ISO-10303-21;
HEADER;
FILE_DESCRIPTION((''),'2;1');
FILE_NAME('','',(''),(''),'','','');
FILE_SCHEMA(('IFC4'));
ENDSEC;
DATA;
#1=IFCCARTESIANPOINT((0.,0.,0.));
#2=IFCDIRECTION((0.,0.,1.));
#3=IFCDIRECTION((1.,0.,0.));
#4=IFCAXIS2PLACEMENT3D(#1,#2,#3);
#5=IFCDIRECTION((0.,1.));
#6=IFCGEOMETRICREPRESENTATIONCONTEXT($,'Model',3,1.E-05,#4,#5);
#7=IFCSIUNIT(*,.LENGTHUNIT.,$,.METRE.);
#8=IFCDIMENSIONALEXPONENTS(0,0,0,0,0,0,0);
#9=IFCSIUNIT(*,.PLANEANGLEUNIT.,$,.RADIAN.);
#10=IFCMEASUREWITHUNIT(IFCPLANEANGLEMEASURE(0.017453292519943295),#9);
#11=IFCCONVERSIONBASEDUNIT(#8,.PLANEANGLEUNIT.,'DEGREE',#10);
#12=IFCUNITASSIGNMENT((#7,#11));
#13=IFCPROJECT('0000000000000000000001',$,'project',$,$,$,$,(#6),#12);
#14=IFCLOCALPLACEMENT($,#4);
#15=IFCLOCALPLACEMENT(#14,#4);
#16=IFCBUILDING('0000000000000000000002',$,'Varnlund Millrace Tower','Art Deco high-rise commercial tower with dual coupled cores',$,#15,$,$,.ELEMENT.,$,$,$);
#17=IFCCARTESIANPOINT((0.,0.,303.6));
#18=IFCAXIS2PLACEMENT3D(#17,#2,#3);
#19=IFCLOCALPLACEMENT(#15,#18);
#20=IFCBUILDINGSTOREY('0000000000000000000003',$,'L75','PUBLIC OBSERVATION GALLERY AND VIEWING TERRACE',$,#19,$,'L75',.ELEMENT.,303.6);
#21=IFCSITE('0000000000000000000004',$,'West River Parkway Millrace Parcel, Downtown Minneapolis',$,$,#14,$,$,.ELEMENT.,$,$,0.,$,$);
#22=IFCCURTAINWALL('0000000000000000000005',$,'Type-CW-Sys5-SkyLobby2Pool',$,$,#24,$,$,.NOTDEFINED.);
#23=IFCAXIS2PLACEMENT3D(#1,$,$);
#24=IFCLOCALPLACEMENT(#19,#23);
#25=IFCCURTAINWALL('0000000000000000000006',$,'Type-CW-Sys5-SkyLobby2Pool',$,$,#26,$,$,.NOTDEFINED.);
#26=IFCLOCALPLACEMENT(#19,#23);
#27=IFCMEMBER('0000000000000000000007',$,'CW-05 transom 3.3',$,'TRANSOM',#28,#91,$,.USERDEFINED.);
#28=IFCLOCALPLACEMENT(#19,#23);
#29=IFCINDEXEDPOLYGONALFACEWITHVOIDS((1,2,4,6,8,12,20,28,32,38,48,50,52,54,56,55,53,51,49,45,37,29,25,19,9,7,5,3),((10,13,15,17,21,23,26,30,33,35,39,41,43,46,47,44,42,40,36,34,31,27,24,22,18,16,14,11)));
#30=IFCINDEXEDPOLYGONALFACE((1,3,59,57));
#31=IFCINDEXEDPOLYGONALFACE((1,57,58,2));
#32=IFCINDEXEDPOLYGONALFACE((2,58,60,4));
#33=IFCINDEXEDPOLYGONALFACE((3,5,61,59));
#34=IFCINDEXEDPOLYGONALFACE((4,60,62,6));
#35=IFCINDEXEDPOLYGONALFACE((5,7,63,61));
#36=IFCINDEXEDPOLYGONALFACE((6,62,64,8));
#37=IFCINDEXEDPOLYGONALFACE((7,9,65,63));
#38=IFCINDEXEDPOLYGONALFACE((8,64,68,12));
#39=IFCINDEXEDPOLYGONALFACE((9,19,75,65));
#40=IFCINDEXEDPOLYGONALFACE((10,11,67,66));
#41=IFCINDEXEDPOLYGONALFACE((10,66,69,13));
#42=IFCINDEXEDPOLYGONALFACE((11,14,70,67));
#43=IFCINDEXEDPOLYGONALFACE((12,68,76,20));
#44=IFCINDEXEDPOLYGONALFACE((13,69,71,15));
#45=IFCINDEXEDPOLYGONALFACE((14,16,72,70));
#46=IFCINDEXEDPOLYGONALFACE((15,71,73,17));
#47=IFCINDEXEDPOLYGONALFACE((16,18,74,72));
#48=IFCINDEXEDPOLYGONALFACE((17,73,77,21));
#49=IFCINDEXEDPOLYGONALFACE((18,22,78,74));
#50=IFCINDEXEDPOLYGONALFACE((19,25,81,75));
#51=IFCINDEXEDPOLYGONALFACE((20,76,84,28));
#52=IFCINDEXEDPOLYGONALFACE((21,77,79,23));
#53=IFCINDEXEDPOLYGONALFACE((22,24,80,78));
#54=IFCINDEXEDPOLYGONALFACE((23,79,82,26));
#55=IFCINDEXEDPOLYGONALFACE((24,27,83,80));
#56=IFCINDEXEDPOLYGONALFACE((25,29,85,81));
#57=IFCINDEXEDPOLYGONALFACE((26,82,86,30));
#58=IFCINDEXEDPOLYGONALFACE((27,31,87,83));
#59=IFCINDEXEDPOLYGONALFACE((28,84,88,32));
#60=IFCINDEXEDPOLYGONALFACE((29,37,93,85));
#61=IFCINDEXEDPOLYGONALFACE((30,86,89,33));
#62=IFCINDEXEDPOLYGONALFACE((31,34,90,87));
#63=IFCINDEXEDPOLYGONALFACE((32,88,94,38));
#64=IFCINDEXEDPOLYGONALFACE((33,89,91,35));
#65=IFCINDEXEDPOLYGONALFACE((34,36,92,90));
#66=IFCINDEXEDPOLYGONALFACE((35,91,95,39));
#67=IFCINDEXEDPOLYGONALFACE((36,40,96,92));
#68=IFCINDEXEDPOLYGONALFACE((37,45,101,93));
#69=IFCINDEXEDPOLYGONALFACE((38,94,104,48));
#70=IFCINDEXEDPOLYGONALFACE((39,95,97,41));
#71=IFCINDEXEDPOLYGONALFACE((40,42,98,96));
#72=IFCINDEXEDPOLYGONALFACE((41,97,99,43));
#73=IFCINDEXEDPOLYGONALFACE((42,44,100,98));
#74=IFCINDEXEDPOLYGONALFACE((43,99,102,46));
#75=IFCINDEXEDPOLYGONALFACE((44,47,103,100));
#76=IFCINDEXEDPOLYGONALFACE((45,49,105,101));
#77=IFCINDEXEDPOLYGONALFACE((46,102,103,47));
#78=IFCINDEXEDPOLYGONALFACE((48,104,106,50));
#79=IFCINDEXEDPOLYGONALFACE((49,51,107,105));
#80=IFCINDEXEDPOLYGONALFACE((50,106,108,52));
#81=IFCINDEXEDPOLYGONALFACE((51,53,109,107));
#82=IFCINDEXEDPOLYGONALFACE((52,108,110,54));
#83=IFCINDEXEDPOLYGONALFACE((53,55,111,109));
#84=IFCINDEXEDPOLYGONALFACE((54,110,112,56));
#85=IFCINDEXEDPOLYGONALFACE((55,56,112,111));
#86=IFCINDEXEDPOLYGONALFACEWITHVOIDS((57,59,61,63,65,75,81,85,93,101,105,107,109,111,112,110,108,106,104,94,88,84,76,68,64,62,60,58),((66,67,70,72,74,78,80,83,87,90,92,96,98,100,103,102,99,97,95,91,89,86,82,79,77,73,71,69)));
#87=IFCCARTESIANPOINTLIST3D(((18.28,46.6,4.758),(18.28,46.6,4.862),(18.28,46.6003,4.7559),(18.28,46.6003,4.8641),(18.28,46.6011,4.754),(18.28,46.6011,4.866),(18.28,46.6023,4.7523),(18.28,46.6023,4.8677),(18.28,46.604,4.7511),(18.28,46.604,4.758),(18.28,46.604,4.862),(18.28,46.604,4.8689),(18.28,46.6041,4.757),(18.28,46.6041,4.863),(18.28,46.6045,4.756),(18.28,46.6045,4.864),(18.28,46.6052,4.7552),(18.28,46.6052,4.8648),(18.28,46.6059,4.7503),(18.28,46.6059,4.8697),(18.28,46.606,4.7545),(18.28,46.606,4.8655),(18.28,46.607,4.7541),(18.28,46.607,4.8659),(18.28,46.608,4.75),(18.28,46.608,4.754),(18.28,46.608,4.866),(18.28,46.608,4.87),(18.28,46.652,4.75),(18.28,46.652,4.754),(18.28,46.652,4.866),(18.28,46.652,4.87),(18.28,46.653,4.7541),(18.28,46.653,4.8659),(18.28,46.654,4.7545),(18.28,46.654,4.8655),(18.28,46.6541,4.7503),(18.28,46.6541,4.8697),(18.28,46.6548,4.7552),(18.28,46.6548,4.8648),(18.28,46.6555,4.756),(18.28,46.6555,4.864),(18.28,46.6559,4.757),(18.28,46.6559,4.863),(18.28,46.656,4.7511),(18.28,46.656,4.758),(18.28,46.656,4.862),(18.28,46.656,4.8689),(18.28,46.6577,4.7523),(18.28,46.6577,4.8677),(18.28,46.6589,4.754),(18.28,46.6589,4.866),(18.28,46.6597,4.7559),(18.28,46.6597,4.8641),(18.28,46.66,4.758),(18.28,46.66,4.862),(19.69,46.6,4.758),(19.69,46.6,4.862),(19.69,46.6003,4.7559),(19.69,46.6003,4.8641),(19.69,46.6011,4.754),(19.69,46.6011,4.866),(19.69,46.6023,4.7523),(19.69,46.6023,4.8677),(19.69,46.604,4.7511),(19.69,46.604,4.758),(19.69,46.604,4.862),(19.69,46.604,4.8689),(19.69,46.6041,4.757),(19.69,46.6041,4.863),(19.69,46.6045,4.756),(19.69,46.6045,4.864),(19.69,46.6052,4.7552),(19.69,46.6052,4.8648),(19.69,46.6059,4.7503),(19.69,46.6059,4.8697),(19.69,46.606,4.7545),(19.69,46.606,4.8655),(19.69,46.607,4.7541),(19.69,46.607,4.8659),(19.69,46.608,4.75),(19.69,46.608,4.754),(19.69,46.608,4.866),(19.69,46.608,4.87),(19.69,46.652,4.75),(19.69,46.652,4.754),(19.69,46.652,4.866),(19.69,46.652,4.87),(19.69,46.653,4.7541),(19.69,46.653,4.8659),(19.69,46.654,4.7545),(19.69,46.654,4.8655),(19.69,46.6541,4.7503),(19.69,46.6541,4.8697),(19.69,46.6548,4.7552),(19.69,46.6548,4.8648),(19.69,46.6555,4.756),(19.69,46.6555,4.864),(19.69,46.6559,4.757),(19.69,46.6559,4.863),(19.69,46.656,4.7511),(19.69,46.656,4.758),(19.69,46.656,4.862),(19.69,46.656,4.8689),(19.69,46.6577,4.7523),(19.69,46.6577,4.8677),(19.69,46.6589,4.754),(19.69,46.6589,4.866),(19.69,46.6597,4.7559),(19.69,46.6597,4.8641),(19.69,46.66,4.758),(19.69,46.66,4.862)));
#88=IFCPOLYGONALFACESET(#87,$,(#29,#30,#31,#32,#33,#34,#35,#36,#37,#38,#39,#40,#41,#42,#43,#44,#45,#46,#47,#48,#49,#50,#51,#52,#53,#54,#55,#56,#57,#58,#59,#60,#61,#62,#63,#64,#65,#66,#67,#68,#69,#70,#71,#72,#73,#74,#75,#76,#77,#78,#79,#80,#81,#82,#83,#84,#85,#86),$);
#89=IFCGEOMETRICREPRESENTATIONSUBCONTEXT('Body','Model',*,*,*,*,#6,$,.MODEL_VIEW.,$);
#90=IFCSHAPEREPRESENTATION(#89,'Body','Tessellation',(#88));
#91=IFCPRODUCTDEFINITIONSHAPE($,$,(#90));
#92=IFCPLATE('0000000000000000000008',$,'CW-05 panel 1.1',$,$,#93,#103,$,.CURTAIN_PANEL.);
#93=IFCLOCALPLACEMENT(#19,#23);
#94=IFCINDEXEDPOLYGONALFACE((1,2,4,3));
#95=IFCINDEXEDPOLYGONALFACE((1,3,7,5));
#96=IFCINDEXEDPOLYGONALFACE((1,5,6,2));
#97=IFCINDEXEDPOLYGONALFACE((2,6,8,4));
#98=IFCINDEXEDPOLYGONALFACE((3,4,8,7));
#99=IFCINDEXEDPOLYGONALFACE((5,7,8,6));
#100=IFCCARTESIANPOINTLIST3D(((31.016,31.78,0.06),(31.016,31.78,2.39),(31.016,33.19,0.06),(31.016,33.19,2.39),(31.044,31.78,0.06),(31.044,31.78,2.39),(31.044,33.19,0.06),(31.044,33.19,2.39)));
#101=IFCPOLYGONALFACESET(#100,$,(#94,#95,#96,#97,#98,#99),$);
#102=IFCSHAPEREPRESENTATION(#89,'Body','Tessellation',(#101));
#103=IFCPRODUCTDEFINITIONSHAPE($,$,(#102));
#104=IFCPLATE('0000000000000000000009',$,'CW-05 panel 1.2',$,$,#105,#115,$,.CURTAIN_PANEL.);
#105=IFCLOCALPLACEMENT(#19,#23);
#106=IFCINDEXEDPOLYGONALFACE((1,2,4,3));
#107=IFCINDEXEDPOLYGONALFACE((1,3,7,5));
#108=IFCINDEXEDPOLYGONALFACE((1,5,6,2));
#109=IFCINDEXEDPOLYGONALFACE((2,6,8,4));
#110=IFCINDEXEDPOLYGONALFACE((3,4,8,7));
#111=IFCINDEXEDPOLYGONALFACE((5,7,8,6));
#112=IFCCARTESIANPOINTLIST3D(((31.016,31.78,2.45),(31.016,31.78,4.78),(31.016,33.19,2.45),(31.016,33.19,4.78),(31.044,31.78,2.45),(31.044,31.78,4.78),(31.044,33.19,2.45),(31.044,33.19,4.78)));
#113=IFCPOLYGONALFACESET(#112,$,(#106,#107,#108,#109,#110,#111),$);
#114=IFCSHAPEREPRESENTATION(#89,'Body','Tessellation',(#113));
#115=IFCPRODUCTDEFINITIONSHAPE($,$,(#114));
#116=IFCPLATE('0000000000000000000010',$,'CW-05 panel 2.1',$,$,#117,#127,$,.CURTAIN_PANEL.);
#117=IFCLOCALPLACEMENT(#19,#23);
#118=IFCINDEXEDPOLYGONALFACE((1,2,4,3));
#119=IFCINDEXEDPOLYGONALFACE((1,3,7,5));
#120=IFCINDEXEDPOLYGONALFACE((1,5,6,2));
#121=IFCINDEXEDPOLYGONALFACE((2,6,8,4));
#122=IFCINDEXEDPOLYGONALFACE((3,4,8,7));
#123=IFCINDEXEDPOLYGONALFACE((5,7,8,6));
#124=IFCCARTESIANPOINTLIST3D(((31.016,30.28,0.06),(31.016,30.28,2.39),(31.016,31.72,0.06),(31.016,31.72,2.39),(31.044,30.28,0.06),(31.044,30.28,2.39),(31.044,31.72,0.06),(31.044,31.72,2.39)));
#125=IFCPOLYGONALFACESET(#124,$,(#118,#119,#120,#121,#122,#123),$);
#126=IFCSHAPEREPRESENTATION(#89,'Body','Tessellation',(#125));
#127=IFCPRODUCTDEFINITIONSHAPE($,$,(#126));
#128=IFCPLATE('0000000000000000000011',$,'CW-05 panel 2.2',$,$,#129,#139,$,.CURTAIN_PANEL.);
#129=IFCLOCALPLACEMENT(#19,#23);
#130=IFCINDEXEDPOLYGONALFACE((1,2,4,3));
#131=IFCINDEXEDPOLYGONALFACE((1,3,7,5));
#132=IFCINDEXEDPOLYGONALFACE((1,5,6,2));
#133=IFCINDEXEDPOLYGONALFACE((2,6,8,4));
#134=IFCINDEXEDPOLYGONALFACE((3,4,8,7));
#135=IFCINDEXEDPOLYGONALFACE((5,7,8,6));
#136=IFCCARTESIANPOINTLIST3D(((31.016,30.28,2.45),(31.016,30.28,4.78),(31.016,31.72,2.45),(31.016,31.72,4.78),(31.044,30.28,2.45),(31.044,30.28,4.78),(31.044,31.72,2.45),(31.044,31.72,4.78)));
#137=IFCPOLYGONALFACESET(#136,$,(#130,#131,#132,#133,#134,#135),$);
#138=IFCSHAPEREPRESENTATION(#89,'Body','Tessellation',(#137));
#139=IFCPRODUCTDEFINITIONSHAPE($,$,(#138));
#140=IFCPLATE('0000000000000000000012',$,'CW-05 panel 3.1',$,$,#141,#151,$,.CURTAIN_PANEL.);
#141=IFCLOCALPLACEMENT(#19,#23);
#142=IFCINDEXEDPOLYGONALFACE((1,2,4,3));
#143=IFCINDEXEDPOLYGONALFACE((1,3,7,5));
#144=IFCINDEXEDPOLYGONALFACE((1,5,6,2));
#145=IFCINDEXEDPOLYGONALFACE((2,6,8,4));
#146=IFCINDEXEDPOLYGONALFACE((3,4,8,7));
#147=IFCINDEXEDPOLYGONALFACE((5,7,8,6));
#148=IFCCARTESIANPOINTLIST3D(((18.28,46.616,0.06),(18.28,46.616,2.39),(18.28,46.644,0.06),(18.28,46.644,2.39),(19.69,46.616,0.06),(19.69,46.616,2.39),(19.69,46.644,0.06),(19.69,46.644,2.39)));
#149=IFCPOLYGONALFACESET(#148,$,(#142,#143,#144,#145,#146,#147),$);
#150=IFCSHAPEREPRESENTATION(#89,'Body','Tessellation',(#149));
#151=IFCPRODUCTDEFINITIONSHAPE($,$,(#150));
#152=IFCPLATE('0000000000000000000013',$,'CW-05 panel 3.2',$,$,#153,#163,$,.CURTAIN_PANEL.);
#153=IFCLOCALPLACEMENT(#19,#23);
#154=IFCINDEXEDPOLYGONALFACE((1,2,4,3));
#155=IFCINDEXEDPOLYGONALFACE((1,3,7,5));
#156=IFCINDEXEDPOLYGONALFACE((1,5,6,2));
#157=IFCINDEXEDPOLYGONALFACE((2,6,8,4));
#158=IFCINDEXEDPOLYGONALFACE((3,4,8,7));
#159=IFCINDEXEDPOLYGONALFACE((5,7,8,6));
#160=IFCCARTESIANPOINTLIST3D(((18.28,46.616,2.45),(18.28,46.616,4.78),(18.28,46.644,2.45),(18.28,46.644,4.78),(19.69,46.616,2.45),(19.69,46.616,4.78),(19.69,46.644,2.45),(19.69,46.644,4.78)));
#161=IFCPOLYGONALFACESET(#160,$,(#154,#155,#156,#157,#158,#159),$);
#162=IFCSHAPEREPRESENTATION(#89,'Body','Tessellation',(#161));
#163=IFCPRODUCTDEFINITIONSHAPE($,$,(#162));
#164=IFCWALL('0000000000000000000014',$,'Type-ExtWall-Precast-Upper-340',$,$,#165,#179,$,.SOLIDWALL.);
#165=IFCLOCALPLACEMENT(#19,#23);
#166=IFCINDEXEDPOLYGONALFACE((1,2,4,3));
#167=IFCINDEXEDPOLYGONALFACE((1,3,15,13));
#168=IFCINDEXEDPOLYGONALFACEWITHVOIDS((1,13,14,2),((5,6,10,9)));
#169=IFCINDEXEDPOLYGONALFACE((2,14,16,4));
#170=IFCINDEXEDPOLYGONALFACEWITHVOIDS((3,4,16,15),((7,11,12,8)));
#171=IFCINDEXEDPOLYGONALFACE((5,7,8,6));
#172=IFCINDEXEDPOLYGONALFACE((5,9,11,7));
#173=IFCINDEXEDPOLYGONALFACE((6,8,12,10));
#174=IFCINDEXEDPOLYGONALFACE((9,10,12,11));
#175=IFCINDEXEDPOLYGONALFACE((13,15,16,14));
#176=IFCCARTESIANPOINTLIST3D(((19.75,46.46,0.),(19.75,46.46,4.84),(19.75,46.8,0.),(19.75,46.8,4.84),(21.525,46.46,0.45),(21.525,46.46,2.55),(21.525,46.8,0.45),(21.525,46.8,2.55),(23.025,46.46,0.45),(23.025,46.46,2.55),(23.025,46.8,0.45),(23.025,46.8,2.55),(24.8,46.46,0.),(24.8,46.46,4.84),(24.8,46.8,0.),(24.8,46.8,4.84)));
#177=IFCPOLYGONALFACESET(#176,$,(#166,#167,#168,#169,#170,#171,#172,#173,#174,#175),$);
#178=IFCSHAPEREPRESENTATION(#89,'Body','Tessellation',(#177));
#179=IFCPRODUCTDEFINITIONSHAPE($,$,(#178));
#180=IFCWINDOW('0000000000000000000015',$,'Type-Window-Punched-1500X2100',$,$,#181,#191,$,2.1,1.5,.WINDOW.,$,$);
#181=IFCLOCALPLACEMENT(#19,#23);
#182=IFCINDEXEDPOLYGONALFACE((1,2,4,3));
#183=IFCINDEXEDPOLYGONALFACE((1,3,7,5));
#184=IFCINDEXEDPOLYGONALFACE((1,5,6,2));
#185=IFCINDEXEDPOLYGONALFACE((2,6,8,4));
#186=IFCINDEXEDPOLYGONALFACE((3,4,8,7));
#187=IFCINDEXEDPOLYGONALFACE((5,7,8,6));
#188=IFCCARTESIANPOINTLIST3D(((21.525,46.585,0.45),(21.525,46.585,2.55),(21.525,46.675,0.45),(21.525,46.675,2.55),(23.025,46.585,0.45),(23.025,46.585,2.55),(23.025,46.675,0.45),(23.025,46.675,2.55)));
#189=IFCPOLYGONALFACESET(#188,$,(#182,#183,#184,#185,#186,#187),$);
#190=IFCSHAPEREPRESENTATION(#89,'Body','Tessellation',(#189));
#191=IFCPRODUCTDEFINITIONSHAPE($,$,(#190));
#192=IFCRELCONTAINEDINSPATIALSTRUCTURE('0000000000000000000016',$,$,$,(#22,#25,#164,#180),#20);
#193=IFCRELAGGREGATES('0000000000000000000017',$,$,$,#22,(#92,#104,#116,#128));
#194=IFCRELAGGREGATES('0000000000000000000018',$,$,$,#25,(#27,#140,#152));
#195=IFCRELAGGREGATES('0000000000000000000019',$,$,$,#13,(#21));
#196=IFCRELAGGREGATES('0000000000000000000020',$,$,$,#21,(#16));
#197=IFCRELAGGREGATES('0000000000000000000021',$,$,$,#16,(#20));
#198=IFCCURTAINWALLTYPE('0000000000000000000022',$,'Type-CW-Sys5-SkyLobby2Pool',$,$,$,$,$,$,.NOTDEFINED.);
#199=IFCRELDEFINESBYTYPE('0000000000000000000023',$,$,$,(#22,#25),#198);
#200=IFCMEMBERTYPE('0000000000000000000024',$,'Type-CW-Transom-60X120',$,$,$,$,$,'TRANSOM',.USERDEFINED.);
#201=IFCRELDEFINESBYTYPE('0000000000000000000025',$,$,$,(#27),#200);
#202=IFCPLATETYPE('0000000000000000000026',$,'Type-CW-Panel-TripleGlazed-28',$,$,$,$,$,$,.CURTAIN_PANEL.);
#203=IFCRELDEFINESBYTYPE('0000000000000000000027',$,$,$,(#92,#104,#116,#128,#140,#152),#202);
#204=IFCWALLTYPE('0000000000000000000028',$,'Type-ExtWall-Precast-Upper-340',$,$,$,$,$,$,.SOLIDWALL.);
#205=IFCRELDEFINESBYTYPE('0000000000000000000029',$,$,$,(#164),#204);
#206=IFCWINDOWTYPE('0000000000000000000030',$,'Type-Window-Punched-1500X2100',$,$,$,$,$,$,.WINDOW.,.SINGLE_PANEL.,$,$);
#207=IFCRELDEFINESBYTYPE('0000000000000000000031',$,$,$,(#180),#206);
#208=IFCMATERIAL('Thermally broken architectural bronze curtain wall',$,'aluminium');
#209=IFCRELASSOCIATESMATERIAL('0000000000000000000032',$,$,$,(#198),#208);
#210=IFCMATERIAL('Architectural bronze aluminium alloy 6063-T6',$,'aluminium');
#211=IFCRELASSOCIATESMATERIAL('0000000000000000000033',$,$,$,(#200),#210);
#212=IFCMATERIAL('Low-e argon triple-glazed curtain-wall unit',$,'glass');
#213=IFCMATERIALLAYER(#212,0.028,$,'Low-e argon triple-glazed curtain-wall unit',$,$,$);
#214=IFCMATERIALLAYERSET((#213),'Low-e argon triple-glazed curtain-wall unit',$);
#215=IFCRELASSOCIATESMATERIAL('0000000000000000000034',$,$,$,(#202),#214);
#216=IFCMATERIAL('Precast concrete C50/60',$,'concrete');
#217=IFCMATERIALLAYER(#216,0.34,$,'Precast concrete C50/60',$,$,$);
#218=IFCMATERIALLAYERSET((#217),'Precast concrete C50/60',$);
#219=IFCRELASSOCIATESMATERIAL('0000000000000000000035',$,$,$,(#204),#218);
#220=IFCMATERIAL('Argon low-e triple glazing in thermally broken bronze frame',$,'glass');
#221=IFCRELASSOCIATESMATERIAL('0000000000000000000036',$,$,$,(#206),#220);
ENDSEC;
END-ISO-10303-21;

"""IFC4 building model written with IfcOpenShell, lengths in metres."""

from ifc_helpers import new_model, entity, si_unit, converted_unit, direction, frame, origin_with_axes, origin_2d_with_axis, place, context, subcontext, project, spatial, polyline, rectangle, hollow_rectangle, outline, extrude, material, layer, layer_set, material_profile, profile_set, type_object, element, fill, aggregate, save


model = new_model("IFC4")

# Units and contexts
model_context = context("Model", 3, precision=1e-05, world=origin_with_axes(), true_north=direction((0.0, 1.0)))
body_context = subcontext(model_context, "Body", "Model", "MODEL_VIEW")
ifc_project = project(units=[si_unit("LENGTHUNIT", "METRE"), converted_unit("PLANEANGLEUNIT", "DEGREE", entity("IfcPlaneAngleMeasure", 0.017453292519943295), si_unit("PLANEANGLEUNIT", "RADIAN"), dimensions=[0, 0, 0, 0, 0, 0, 0])], contexts=[model_context])

# Site, building, storey
site_placement = place(None, origin_with_axes())
site = spatial("IfcSite", under=ifc_project, at=site_placement, Name="West River Parkway Millrace Parcel, Downtown Minneapolis", CompositionType="ELEMENT", RefElevation=0.0)
building_placement = place(site_placement, origin_with_axes())
building = spatial("IfcBuilding", under=site, at=building_placement, Name="Varnlund Millrace Tower", Description="Art Deco high-rise commercial tower with dual coupled cores", CompositionType="ELEMENT")
storey_placement = place(building_placement, frame((0.0, 0.0, 303.6), z_axis=(0.0, 0.0, 1.0), x_axis=(1.0, 0.0, 0.0)))
storey = spatial("IfcBuildingStorey", under=building, at=storey_placement, Name="L75", Description="PUBLIC OBSERVATION GALLERY AND VIEWING TERRACE", LongName="L75", CompositionType="ELEMENT", Elevation=303.6)

# Curtain wall
ifc_material_1 = material(Name="Thermally broken architectural bronze curtain wall", Category="aluminium")
curtain_wall_type = type_object("IfcCurtainWallType", Name="Type-CW-Sys5-SkyLobby2Pool", PredefinedType="NOTDEFINED", material=ifc_material_1)
curtain_wall_1_placement = place(storey_placement, frame((31.03, 33.25, 0.0), z_axis=(0.0, 0.0, 1.0), x_axis=(1.0, 0.0, 0.0)))
curtain_wall_1 = element("IfcCurtainWall", 1, at=curtain_wall_1_placement, inside=storey, type_object=curtain_wall_type, Name="Type-CW-Sys5-SkyLobby2Pool", PredefinedType="NOTDEFINED")
ifc_material_2 = material(Name="Architectural bronze aluminium alloy 6063-T6", Category="aluminium")
ifc_material_profile_1 = material_profile(ifc_material_2, hollow_rectangle(XDim=0.06, YDim=0.12, WallThickness=0.004, InnerFilletRadius=0.004, OuterFilletRadius=0.008, at=origin_2d_with_axis()), Name="Architectural bronze aluminium alloy 6063-T6")
ifc_profile_set_1 = profile_set([ifc_material_profile_1], Name="Architectural bronze aluminium alloy 6063-T6")
member_type = type_object("IfcMemberType", Name="Type-CW-Transom-60X120", ElementType="TRANSOM", PredefinedType="USERDEFINED", material=ifc_profile_set_1)

# Curtain wall, member
curtain_wall_2_placement = place(storey_placement, frame((15.25, 46.63, 0.0), z_axis=(0.0, 0.0, 1.0), x_axis=(1.0, 0.0, 0.0)))
curtain_wall_2 = element("IfcCurtainWall", 2, at=curtain_wall_2_placement, inside=storey, type_object=curtain_wall_type, Name="Type-CW-Sys5-SkyLobby2Pool", PredefinedType="NOTDEFINED")
member_1_placement = place(storey_placement, frame((18.28, 46.63, 4.81), z_axis=(1.0, 0.0, 0.0), x_axis=(0.0, 1.0, 0.0)))
member_1 = element("IfcMember", 3, at=member_1_placement, type_object=member_type, Name="CW-05 transom 3.3", ObjectType="TRANSOM", PredefinedType="USERDEFINED", context=body_context, shape_type="SweptSolid", body=[
    extrude(hollow_rectangle(XDim=0.06, YDim=0.12, WallThickness=0.004, InnerFilletRadius=0.004, OuterFilletRadius=0.008, at=origin_2d_with_axis()), origin_with_axes(), (0.0, 0.0, 1.0), 1.41),
])

# Plates
ifc_material_3 = material(Name="Low-e argon triple-glazed curtain-wall unit", Category="glass")
ifc_layer_1 = layer(ifc_material_3, 0.028, Name="Low-e argon triple-glazed curtain-wall unit")
ifc_layer_set_1 = layer_set([ifc_layer_1], Name="Low-e argon triple-glazed curtain-wall unit")
plate_type = type_object("IfcPlateType", Name="Type-CW-Panel-TripleGlazed-28", PredefinedType="CURTAIN_PANEL", material=ifc_layer_set_1)
plate_1_placement = place(storey_placement, frame((31.03, 32.485, 0.06), z_axis=(0.0, 0.0, 1.0), x_axis=(0.0, -1.0, 0.0)))
plate_1 = element("IfcPlate", 4, at=plate_1_placement, type_object=plate_type, Name="CW-05 panel 1.1", PredefinedType="CURTAIN_PANEL", context=body_context, shape_type="SweptSolid", body=[
    extrude(rectangle(XDim=1.41, YDim=0.028, at=origin_2d_with_axis()), origin_with_axes(), (0.0, 0.0, 1.0), 2.33),
])
plate_2_placement = place(storey_placement, frame((31.03, 32.485, 2.45), z_axis=(0.0, 0.0, 1.0), x_axis=(0.0, -1.0, 0.0)))
plate_2 = element("IfcPlate", 5, at=plate_2_placement, type_object=plate_type, Name="CW-05 panel 1.2", PredefinedType="CURTAIN_PANEL", context=body_context, shape_type="SweptSolid", body=[
    extrude(rectangle(XDim=1.41, YDim=0.028, at=origin_2d_with_axis()), origin_with_axes(), (0.0, 0.0, 1.0), 2.33),
])
plate_3_placement = place(storey_placement, frame((31.03, 31.0, 0.06), z_axis=(0.0, 0.0, 1.0), x_axis=(0.0, -1.0, 0.0)))
plate_3 = element("IfcPlate", 6, at=plate_3_placement, type_object=plate_type, Name="CW-05 panel 2.1", PredefinedType="CURTAIN_PANEL", context=body_context, shape_type="SweptSolid", body=[
    extrude(rectangle(XDim=1.44, YDim=0.028, at=origin_2d_with_axis()), origin_with_axes(), (0.0, 0.0, 1.0), 2.33),
])
plate_4_placement = place(storey_placement, frame((31.03, 31.0, 2.45), z_axis=(0.0, 0.0, 1.0), x_axis=(0.0, -1.0, 0.0)))
plate_4 = element("IfcPlate", 7, at=plate_4_placement, type_object=plate_type, Name="CW-05 panel 2.2", PredefinedType="CURTAIN_PANEL", context=body_context, shape_type="SweptSolid", body=[
    extrude(rectangle(XDim=1.44, YDim=0.028, at=origin_2d_with_axis()), origin_with_axes(), (0.0, 0.0, 1.0), 2.33),
])
aggregate(curtain_wall_1, [plate_1, plate_2, plate_3, plate_4])
plate_5_placement = place(storey_placement, frame((18.985, 46.63, 0.06), z_axis=(0.0, 0.0, 1.0), x_axis=(1.0, 0.0, 0.0)))
plate_5 = element("IfcPlate", 8, at=plate_5_placement, type_object=plate_type, Name="CW-05 panel 3.1", PredefinedType="CURTAIN_PANEL", context=body_context, shape_type="SweptSolid", body=[
    extrude(rectangle(XDim=1.41, YDim=0.028, at=origin_2d_with_axis()), origin_with_axes(), (0.0, 0.0, 1.0), 2.33),
])
plate_6_placement = place(storey_placement, frame((18.985, 46.63, 2.45), z_axis=(0.0, 0.0, 1.0), x_axis=(1.0, 0.0, 0.0)))
plate_6 = element("IfcPlate", 9, at=plate_6_placement, type_object=plate_type, Name="CW-05 panel 3.2", PredefinedType="CURTAIN_PANEL", context=body_context, shape_type="SweptSolid", body=[
    extrude(rectangle(XDim=1.41, YDim=0.028, at=origin_2d_with_axis()), origin_with_axes(), (0.0, 0.0, 1.0), 2.33),
])
aggregate(curtain_wall_2, [member_1, plate_5, plate_6])

# Wall, opening, window
ifc_material_4 = material(Name="Precast concrete C50/60", Category="concrete")
ifc_layer_2 = layer(ifc_material_4, 0.34, Name="Precast concrete C50/60")
ifc_layer_set_2 = layer_set([ifc_layer_2], Name="Precast concrete C50/60")
wall_type = type_object("IfcWallType", Name="Type-ExtWall-Precast-Upper-340", PredefinedType="SOLIDWALL", material=ifc_layer_set_2)
wall_1_placement = place(storey_placement, frame((19.75, 46.63, 0.0), z_axis=(0.0, 0.0, 1.0), x_axis=(1.0, 0.0, 0.0)))
wall_1 = element("IfcWall", 10, at=wall_1_placement, inside=storey, type_object=wall_type, Name="Type-ExtWall-Precast-Upper-340", PredefinedType="SOLIDWALL", context=body_context, shape_type="SweptSolid", body=[
    extrude(outline(polyline([(0.0, -0.17), (5.05, -0.17), (5.05, 0.17), (0.0, 0.17), (0.0, -0.17)])), origin_with_axes(), (0.0, 0.0, 1.0), 4.84),
])
opening_1_placement = place(wall_1_placement, frame((2.525, 0.0, 0.45), z_axis=(0.0, 0.0, 1.0), x_axis=(1.0, 0.0, 0.0)))
opening_1 = element("IfcOpeningElement", 11, at=opening_1_placement, cuts=wall_1, PredefinedType="OPENING", context=body_context, shape_type="SweptSolid", body=[
    extrude(rectangle(XDim=1.5, YDim=0.36, at=origin_2d_with_axis()), origin_with_axes(), (0.0, 0.0, 1.0), 2.1),
])
ifc_material_5 = material(Name="Argon low-e triple glazing in thermally broken bronze frame", Category="glass")
window_type = type_object("IfcWindowType", Name="Type-Window-Punched-1500X2100", PartitioningType="SINGLE_PANEL", PredefinedType="WINDOW", material=ifc_material_5)
window_1_placement = place(wall_1_placement, frame((2.525, 0.0, 0.45), z_axis=(0.0, 0.0, 1.0), x_axis=(1.0, 0.0, 0.0)))
window_1 = element("IfcWindow", 12, at=window_1_placement, inside=storey, type_object=window_type, Name="Type-Window-Punched-1500X2100", OverallHeight=2.1, OverallWidth=1.5, PredefinedType="WINDOW", context=body_context, shape_type="SweptSolid", body=[
    extrude(rectangle(XDim=1.5, YDim=0.09, at=origin_2d_with_axis()), origin_with_axes(), (0.0, 0.0, 1.0), 2.1),
])
fill(opening_1, window_1)

save(model, "model.ifc")
